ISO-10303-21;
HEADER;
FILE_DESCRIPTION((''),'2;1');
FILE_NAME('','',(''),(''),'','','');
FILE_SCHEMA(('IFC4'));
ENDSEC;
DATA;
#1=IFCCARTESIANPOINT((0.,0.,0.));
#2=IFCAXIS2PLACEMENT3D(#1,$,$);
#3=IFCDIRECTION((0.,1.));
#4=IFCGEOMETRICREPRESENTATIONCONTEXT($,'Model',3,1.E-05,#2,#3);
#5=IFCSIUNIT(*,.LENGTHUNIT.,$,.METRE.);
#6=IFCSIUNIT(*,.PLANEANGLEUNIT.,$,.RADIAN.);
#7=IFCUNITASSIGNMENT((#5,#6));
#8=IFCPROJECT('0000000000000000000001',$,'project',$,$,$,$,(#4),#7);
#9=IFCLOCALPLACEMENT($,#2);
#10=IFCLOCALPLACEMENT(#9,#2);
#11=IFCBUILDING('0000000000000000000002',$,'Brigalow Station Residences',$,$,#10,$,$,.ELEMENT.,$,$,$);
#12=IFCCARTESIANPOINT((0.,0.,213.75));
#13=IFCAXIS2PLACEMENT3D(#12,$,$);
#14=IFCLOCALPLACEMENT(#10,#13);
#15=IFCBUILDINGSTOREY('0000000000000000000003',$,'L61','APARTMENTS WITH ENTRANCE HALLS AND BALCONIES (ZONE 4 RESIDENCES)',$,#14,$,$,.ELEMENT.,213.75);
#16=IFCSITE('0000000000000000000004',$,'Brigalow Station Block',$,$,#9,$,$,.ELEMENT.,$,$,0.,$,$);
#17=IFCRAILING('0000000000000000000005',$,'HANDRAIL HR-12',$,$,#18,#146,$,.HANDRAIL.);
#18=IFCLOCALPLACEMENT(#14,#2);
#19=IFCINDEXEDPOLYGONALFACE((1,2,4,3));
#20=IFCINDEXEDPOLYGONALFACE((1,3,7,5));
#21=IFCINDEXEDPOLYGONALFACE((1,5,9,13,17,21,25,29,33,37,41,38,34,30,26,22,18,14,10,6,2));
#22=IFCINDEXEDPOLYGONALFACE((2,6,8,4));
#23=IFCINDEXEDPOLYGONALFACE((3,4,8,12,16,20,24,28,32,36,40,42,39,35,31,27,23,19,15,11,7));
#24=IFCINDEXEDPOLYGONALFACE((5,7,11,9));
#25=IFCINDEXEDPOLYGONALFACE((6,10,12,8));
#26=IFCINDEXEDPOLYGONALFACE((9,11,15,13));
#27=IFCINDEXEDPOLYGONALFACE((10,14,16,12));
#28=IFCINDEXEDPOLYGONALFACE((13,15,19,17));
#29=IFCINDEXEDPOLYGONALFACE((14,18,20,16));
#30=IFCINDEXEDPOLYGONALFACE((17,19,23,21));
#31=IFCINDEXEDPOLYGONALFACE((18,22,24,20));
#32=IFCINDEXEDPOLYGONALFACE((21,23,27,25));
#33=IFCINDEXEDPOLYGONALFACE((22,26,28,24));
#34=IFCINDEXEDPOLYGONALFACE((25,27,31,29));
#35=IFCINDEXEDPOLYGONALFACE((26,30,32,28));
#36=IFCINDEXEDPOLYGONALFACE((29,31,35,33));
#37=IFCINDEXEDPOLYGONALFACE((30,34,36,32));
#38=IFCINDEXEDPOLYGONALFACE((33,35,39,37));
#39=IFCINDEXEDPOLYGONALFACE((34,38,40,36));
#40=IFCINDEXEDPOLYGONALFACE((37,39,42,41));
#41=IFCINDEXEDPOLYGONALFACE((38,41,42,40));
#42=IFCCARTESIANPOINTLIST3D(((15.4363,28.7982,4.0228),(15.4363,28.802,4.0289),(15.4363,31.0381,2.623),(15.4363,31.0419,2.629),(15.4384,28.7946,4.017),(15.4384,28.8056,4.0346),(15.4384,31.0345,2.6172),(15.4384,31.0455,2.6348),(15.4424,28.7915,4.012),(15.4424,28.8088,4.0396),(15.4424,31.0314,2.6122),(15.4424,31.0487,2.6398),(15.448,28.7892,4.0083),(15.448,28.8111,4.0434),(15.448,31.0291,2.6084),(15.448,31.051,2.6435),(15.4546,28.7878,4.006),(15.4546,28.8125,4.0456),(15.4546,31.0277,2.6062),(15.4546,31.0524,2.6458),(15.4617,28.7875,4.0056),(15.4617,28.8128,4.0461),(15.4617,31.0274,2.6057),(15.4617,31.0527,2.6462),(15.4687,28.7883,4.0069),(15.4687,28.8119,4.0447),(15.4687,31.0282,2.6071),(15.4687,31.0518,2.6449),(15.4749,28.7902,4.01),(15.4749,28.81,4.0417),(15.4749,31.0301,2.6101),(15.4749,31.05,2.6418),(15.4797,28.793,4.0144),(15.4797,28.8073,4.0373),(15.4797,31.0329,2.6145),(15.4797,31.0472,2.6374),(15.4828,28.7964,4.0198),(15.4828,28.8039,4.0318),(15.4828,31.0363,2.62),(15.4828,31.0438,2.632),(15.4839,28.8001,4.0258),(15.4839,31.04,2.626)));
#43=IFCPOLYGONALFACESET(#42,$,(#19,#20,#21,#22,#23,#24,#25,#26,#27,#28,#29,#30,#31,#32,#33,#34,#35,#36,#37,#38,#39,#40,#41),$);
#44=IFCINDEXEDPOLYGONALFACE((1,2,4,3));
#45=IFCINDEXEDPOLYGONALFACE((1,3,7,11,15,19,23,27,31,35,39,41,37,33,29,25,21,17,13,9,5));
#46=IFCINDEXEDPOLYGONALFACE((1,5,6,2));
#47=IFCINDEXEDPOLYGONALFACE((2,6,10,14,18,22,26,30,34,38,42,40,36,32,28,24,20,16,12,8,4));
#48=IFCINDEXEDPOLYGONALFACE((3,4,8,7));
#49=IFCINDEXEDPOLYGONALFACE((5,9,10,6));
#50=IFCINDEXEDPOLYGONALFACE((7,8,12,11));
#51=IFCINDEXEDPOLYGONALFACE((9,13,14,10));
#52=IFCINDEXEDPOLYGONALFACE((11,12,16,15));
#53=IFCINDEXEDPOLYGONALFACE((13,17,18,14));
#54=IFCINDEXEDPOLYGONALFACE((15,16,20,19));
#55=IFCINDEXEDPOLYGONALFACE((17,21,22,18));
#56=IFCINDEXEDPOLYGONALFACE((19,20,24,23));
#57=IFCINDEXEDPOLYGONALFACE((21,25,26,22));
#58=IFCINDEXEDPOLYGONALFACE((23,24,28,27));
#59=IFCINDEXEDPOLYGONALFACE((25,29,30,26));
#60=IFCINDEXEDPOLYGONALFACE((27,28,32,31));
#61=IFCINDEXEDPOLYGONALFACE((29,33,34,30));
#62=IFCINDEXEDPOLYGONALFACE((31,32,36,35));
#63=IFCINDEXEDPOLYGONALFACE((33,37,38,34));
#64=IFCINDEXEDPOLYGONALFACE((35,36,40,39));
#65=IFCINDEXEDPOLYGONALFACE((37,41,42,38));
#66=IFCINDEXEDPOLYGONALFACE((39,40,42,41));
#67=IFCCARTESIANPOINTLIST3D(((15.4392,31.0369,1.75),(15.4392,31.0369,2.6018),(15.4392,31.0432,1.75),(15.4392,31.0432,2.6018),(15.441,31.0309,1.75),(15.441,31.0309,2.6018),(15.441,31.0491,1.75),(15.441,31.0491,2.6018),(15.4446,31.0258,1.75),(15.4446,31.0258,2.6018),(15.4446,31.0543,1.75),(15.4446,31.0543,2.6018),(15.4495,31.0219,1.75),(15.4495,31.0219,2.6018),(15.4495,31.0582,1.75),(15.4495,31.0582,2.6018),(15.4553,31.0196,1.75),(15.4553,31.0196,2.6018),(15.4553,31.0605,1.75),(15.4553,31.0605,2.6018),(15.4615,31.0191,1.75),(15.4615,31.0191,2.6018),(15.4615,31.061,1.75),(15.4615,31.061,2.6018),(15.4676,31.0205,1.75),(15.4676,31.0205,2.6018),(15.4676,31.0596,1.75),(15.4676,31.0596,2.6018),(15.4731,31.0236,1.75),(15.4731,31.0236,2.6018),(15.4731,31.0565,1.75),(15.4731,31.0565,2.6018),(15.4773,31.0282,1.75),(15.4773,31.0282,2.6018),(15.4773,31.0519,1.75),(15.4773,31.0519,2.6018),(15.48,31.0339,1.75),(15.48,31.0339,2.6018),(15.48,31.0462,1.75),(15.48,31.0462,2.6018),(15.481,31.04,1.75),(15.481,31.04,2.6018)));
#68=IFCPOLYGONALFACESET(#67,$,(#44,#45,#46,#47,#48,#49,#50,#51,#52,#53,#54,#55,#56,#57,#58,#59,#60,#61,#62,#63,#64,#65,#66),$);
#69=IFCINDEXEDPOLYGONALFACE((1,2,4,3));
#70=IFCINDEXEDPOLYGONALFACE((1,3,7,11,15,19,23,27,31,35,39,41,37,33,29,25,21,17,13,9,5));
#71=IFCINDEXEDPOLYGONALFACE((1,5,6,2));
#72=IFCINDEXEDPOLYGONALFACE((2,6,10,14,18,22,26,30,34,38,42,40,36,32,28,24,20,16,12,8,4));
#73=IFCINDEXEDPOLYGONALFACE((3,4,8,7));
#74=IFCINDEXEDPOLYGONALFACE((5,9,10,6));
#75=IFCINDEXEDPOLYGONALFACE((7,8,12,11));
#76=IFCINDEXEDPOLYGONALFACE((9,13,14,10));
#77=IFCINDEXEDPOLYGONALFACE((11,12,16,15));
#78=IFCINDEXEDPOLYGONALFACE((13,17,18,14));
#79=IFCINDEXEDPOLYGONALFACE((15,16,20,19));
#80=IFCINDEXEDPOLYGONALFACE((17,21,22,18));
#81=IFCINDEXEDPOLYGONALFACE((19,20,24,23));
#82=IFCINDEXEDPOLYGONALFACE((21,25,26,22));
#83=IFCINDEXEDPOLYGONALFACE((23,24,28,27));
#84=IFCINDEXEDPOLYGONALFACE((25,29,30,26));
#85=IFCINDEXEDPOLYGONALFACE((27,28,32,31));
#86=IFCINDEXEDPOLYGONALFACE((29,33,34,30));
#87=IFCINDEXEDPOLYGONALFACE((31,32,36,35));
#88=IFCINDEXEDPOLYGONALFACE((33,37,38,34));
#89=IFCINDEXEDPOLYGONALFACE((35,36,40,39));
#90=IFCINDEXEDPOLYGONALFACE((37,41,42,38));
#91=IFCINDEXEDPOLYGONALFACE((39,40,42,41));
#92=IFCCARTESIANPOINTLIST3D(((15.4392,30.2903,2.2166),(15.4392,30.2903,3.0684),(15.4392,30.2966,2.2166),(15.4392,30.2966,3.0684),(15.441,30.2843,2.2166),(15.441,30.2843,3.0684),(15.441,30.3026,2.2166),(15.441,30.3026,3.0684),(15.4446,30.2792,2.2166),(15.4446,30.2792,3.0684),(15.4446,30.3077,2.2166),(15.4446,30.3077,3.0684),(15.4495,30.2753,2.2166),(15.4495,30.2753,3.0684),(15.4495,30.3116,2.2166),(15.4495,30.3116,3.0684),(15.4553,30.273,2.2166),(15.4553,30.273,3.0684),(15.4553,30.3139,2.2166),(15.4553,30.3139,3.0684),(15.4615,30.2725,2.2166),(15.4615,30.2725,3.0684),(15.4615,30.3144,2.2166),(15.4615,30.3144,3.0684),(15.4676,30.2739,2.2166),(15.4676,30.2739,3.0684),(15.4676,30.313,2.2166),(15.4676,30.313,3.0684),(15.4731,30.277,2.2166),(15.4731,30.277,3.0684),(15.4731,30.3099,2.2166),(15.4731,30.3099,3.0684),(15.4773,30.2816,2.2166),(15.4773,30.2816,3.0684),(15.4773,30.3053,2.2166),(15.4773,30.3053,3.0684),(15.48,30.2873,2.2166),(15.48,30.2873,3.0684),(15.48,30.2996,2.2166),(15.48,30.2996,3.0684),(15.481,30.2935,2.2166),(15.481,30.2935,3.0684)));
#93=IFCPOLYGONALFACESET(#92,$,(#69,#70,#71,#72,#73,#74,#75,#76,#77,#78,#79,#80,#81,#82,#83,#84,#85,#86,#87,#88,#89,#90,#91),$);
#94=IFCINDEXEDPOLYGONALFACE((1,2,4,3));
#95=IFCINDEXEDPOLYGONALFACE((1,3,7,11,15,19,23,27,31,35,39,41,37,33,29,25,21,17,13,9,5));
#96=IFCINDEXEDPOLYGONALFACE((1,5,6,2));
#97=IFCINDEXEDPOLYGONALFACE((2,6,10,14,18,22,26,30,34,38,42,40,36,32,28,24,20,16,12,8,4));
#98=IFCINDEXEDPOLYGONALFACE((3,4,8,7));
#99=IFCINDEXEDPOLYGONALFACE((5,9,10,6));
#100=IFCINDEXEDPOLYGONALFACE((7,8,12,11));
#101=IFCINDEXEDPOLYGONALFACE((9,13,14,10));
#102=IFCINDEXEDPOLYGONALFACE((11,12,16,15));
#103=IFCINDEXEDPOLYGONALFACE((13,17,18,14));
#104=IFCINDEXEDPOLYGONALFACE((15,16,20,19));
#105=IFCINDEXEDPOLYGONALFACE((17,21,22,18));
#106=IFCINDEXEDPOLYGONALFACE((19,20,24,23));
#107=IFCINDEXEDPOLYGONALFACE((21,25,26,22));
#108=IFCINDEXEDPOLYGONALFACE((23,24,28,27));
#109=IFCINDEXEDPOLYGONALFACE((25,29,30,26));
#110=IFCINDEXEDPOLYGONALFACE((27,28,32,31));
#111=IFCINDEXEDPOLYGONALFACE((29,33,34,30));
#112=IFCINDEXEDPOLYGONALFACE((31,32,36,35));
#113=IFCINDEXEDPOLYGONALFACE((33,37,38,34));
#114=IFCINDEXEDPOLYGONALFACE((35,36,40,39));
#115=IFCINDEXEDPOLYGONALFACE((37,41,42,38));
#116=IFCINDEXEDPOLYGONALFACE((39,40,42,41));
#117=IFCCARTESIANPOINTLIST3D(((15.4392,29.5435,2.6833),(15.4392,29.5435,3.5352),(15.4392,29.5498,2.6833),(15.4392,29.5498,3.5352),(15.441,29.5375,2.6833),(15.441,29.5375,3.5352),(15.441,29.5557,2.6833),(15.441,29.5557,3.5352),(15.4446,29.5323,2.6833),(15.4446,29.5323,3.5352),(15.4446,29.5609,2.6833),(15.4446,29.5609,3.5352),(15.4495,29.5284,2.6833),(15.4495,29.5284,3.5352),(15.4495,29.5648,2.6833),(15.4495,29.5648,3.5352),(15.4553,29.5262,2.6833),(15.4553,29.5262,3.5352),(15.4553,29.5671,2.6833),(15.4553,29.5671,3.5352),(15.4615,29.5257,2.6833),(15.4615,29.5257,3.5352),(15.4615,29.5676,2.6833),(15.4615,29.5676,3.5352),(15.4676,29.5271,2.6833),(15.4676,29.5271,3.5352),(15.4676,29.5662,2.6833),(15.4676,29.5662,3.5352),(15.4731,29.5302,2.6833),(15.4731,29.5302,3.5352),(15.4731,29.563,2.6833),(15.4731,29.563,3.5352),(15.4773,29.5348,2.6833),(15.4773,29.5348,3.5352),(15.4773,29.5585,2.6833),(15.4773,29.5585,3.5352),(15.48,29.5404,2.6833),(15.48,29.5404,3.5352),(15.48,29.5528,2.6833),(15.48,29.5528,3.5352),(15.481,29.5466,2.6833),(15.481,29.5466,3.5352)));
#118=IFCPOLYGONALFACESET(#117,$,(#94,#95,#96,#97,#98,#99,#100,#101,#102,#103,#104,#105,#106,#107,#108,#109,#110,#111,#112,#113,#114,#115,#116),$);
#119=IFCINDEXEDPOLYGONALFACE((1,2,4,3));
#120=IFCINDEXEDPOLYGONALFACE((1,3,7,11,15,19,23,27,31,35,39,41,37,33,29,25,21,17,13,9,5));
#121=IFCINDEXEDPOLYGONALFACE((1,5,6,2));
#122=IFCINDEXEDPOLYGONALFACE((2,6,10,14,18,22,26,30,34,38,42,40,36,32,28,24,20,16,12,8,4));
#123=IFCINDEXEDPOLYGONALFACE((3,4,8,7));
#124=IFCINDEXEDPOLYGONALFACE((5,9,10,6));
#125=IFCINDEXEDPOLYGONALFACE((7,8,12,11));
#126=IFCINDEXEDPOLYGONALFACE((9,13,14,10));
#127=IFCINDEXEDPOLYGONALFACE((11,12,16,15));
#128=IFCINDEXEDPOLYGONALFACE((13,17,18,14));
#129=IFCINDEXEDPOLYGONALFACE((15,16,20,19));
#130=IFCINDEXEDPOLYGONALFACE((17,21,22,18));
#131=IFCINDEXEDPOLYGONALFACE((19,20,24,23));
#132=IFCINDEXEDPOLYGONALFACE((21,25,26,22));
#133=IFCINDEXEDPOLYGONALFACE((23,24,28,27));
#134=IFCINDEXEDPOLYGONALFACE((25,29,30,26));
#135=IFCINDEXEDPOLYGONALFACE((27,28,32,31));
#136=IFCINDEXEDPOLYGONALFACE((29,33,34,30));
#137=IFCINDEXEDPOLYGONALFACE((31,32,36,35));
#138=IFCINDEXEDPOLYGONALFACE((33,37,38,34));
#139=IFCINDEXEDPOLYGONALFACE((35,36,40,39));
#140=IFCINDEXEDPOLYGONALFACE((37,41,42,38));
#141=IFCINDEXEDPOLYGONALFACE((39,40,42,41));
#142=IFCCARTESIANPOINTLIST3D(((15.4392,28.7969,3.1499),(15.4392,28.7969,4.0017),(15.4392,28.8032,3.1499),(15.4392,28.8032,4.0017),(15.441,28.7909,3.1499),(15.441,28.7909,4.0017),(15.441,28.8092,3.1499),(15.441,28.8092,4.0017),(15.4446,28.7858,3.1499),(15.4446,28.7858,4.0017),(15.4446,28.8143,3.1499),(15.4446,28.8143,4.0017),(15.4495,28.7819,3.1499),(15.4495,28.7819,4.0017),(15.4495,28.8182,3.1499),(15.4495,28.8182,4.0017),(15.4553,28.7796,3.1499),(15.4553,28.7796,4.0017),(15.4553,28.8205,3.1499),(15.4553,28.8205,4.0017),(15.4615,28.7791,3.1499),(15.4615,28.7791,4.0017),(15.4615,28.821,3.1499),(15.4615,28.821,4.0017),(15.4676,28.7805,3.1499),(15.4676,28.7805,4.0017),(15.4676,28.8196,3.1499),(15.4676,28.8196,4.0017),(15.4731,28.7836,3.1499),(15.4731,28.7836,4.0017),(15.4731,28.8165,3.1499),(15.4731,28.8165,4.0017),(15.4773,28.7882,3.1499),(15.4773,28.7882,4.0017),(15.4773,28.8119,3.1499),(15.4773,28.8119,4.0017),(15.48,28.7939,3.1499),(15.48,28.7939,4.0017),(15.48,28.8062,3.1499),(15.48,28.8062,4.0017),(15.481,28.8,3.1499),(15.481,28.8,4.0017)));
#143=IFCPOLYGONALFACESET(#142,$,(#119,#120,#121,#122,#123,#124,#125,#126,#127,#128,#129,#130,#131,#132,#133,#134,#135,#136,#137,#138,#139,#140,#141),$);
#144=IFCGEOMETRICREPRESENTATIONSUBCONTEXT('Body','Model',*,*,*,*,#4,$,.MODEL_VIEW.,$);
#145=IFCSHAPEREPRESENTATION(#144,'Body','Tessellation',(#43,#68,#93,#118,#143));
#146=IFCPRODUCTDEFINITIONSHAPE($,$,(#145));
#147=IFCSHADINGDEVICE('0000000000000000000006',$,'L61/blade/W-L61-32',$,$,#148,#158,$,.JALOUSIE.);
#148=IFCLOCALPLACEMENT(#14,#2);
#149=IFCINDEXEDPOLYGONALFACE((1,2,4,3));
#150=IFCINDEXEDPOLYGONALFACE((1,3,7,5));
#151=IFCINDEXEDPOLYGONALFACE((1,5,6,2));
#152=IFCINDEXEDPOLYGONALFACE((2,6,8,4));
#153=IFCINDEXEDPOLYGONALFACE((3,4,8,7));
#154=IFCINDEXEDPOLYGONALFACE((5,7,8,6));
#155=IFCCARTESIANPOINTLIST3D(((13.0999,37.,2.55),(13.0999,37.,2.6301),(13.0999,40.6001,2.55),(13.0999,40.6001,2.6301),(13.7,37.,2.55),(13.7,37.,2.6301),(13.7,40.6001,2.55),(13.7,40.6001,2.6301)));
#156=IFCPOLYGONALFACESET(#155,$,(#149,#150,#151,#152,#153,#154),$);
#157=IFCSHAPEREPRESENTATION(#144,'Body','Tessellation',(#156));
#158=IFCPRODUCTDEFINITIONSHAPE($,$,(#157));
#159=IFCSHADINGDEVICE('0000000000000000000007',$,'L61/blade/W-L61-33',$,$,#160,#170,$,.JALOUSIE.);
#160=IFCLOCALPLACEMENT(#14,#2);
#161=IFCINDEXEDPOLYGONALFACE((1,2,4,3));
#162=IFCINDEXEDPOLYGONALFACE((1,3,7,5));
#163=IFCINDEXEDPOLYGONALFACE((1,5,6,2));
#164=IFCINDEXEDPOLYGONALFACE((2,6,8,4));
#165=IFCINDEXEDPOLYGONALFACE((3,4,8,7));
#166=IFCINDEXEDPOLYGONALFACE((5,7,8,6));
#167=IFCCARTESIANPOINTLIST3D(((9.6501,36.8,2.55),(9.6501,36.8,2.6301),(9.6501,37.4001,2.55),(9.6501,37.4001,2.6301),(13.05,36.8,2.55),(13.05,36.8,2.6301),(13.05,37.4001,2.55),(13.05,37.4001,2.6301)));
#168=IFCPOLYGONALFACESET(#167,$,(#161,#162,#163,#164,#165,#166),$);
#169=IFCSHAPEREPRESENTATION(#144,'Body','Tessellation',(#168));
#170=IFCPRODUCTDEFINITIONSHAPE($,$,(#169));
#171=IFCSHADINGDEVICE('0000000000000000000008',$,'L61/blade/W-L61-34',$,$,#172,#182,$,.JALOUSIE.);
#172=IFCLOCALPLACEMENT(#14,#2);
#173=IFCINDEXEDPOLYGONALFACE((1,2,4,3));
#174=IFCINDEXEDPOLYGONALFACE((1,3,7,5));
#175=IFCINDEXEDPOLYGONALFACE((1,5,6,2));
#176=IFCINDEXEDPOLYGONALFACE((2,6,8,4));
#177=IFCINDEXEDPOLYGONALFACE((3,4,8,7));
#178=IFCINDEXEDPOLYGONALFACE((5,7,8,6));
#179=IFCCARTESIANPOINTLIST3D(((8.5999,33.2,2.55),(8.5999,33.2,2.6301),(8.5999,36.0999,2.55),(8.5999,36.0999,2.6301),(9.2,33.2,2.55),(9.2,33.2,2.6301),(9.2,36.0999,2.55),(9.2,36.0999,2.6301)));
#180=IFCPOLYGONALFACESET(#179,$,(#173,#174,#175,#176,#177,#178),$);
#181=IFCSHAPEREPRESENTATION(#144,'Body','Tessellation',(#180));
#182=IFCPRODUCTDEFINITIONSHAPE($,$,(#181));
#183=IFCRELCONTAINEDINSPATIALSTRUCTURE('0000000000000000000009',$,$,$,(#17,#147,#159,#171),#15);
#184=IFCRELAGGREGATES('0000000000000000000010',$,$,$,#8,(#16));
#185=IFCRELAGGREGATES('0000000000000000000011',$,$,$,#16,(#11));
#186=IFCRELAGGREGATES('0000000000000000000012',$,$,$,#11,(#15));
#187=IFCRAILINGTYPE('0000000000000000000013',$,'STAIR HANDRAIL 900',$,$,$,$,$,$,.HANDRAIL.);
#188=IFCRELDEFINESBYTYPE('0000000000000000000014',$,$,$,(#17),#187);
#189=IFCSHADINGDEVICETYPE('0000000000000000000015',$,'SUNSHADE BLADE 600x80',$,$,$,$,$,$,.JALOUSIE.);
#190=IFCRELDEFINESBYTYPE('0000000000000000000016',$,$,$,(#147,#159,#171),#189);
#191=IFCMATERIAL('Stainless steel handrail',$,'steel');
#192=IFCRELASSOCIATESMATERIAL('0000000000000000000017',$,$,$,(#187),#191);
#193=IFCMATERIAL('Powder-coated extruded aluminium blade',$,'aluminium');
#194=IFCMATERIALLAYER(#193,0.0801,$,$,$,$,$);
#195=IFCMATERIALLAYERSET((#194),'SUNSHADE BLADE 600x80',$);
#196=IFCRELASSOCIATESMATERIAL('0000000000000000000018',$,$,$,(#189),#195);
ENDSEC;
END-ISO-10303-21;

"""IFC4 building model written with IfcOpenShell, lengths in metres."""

from ifc_helpers import new_model, si_unit, direction, frame, origin, origin_2d, place, context, subcontext, project, spatial, rectangle, circle, extrude, material, layer, layer_set, type_object, element, save


model = new_model("IFC4")

# Units and contexts
model_context = context("Model", 3, precision=1e-05, world=origin(), true_north=direction((0.0, 1.0)))
body_context = subcontext(model_context, "Body", "Model", "MODEL_VIEW")
ifc_project = project(units=[si_unit("LENGTHUNIT", "METRE"), si_unit("PLANEANGLEUNIT", "RADIAN")], contexts=[model_context])

# Site, building, storey
site_placement = place(None, origin())
site = spatial("IfcSite", under=ifc_project, at=site_placement, Name="Brigalow Station Block", CompositionType="ELEMENT", RefElevation=0.0)
building_placement = place(site_placement, origin())
building = spatial("IfcBuilding", under=site, at=building_placement, Name="Brigalow Station Residences", CompositionType="ELEMENT")
storey_placement = place(building_placement, frame((0.0, 0.0, 213.75)))
storey = spatial("IfcBuildingStorey", under=building, at=storey_placement, Name="L61", Description="APARTMENTS WITH ENTRANCE HALLS AND BALCONIES (ZONE 4 RESIDENCES)", CompositionType="ELEMENT", Elevation=213.75)

# Railing
ifc_material_1 = material(Name="Stainless steel handrail", Category="steel")
railing_type = type_object("IfcRailingType", Name="STAIR HANDRAIL 900", PredefinedType="HANDRAIL", material=ifc_material_1)
railing_placement = place(storey_placement, frame((15.46, 31.04, 1.75)))
element("IfcRailing", 1, at=railing_placement, inside=storey, type_object=railing_type, Name="HANDRAIL HR-12", PredefinedType="HANDRAIL", context=body_context, shape_type="SweptSolid", body=[
    extrude(circle(Radius=0.0239, at=origin_2d()), frame((0.0, 0.0, 0.876), z_axis=(0.0, -0.848014, 0.529974), x_axis=(1.0, 0.0, 0.0)), (0.0, 0.0, 1.0), 2.6414),
    extrude(circle(Radius=0.021, at=origin_2d()), origin(), (0.0, 0.0, 1.0), 0.8518),
    extrude(circle(Radius=0.021, at=origin_2d()), frame((0.0, -0.7466, 0.4666)), (0.0, 0.0, 1.0), 0.8518),
    extrude(circle(Radius=0.021, at=origin_2d()), frame((0.0, -1.4934, 0.9333)), (0.0, 0.0, 1.0), 0.8518),
    extrude(circle(Radius=0.021, at=origin_2d()), frame((0.0, -2.24, 1.3999)), (0.0, 0.0, 1.0), 0.8518),
])

# Shading devices
ifc_material_2 = material(Name="Powder-coated extruded aluminium blade", Category="aluminium")
ifc_layer_1 = layer(ifc_material_2, 0.0801)
ifc_layer_set_1 = layer_set([ifc_layer_1], Name="SUNSHADE BLADE 600x80")
shading_device_type = type_object("IfcShadingDeviceType", Name="SUNSHADE BLADE 600x80", PredefinedType="JALOUSIE", material=ifc_layer_set_1)
shading_device_1_placement = place(storey_placement, frame((13.3999, 38.8, 2.55), z_axis=(0.0, 0.0, 1.0), x_axis=(0.0, -1.0, 0.0)))
element("IfcShadingDevice", 2, at=shading_device_1_placement, inside=storey, type_object=shading_device_type, Name="L61/blade/W-L61-32", PredefinedType="JALOUSIE", context=body_context, shape_type="SweptSolid", body=[
    extrude(rectangle(XDim=3.6001, YDim=0.6001, at=origin_2d()), origin(), (0.0, 0.0, 1.0), 0.0801),
])
shading_device_2_placement = place(storey_placement, frame((11.3501, 37.1001, 2.55), z_axis=(0.0, 0.0, 1.0), x_axis=(-1.0, 0.0, 0.0)))
element("IfcShadingDevice", 3, at=shading_device_2_placement, inside=storey, type_object=shading_device_type, Name="L61/blade/W-L61-33", PredefinedType="JALOUSIE", context=body_context, shape_type="SweptSolid", body=[
    extrude(rectangle(XDim=3.3999, YDim=0.6001, at=origin_2d()), origin(), (0.0, 0.0, 1.0), 0.0801),
])
shading_device_3_placement = place(storey_placement, frame((8.8999, 34.6499, 2.55), z_axis=(0.0, 0.0, 1.0), x_axis=(0.0, -1.0, 0.0)))
element("IfcShadingDevice", 4, at=shading_device_3_placement, inside=storey, type_object=shading_device_type, Name="L61/blade/W-L61-34", PredefinedType="JALOUSIE", context=body_context, shape_type="SweptSolid", body=[
    extrude(rectangle(XDim=2.8999, YDim=0.6001, at=origin_2d()), origin(), (0.0, 0.0, 1.0), 0.0801),
])

save(model, "model.ifc")
